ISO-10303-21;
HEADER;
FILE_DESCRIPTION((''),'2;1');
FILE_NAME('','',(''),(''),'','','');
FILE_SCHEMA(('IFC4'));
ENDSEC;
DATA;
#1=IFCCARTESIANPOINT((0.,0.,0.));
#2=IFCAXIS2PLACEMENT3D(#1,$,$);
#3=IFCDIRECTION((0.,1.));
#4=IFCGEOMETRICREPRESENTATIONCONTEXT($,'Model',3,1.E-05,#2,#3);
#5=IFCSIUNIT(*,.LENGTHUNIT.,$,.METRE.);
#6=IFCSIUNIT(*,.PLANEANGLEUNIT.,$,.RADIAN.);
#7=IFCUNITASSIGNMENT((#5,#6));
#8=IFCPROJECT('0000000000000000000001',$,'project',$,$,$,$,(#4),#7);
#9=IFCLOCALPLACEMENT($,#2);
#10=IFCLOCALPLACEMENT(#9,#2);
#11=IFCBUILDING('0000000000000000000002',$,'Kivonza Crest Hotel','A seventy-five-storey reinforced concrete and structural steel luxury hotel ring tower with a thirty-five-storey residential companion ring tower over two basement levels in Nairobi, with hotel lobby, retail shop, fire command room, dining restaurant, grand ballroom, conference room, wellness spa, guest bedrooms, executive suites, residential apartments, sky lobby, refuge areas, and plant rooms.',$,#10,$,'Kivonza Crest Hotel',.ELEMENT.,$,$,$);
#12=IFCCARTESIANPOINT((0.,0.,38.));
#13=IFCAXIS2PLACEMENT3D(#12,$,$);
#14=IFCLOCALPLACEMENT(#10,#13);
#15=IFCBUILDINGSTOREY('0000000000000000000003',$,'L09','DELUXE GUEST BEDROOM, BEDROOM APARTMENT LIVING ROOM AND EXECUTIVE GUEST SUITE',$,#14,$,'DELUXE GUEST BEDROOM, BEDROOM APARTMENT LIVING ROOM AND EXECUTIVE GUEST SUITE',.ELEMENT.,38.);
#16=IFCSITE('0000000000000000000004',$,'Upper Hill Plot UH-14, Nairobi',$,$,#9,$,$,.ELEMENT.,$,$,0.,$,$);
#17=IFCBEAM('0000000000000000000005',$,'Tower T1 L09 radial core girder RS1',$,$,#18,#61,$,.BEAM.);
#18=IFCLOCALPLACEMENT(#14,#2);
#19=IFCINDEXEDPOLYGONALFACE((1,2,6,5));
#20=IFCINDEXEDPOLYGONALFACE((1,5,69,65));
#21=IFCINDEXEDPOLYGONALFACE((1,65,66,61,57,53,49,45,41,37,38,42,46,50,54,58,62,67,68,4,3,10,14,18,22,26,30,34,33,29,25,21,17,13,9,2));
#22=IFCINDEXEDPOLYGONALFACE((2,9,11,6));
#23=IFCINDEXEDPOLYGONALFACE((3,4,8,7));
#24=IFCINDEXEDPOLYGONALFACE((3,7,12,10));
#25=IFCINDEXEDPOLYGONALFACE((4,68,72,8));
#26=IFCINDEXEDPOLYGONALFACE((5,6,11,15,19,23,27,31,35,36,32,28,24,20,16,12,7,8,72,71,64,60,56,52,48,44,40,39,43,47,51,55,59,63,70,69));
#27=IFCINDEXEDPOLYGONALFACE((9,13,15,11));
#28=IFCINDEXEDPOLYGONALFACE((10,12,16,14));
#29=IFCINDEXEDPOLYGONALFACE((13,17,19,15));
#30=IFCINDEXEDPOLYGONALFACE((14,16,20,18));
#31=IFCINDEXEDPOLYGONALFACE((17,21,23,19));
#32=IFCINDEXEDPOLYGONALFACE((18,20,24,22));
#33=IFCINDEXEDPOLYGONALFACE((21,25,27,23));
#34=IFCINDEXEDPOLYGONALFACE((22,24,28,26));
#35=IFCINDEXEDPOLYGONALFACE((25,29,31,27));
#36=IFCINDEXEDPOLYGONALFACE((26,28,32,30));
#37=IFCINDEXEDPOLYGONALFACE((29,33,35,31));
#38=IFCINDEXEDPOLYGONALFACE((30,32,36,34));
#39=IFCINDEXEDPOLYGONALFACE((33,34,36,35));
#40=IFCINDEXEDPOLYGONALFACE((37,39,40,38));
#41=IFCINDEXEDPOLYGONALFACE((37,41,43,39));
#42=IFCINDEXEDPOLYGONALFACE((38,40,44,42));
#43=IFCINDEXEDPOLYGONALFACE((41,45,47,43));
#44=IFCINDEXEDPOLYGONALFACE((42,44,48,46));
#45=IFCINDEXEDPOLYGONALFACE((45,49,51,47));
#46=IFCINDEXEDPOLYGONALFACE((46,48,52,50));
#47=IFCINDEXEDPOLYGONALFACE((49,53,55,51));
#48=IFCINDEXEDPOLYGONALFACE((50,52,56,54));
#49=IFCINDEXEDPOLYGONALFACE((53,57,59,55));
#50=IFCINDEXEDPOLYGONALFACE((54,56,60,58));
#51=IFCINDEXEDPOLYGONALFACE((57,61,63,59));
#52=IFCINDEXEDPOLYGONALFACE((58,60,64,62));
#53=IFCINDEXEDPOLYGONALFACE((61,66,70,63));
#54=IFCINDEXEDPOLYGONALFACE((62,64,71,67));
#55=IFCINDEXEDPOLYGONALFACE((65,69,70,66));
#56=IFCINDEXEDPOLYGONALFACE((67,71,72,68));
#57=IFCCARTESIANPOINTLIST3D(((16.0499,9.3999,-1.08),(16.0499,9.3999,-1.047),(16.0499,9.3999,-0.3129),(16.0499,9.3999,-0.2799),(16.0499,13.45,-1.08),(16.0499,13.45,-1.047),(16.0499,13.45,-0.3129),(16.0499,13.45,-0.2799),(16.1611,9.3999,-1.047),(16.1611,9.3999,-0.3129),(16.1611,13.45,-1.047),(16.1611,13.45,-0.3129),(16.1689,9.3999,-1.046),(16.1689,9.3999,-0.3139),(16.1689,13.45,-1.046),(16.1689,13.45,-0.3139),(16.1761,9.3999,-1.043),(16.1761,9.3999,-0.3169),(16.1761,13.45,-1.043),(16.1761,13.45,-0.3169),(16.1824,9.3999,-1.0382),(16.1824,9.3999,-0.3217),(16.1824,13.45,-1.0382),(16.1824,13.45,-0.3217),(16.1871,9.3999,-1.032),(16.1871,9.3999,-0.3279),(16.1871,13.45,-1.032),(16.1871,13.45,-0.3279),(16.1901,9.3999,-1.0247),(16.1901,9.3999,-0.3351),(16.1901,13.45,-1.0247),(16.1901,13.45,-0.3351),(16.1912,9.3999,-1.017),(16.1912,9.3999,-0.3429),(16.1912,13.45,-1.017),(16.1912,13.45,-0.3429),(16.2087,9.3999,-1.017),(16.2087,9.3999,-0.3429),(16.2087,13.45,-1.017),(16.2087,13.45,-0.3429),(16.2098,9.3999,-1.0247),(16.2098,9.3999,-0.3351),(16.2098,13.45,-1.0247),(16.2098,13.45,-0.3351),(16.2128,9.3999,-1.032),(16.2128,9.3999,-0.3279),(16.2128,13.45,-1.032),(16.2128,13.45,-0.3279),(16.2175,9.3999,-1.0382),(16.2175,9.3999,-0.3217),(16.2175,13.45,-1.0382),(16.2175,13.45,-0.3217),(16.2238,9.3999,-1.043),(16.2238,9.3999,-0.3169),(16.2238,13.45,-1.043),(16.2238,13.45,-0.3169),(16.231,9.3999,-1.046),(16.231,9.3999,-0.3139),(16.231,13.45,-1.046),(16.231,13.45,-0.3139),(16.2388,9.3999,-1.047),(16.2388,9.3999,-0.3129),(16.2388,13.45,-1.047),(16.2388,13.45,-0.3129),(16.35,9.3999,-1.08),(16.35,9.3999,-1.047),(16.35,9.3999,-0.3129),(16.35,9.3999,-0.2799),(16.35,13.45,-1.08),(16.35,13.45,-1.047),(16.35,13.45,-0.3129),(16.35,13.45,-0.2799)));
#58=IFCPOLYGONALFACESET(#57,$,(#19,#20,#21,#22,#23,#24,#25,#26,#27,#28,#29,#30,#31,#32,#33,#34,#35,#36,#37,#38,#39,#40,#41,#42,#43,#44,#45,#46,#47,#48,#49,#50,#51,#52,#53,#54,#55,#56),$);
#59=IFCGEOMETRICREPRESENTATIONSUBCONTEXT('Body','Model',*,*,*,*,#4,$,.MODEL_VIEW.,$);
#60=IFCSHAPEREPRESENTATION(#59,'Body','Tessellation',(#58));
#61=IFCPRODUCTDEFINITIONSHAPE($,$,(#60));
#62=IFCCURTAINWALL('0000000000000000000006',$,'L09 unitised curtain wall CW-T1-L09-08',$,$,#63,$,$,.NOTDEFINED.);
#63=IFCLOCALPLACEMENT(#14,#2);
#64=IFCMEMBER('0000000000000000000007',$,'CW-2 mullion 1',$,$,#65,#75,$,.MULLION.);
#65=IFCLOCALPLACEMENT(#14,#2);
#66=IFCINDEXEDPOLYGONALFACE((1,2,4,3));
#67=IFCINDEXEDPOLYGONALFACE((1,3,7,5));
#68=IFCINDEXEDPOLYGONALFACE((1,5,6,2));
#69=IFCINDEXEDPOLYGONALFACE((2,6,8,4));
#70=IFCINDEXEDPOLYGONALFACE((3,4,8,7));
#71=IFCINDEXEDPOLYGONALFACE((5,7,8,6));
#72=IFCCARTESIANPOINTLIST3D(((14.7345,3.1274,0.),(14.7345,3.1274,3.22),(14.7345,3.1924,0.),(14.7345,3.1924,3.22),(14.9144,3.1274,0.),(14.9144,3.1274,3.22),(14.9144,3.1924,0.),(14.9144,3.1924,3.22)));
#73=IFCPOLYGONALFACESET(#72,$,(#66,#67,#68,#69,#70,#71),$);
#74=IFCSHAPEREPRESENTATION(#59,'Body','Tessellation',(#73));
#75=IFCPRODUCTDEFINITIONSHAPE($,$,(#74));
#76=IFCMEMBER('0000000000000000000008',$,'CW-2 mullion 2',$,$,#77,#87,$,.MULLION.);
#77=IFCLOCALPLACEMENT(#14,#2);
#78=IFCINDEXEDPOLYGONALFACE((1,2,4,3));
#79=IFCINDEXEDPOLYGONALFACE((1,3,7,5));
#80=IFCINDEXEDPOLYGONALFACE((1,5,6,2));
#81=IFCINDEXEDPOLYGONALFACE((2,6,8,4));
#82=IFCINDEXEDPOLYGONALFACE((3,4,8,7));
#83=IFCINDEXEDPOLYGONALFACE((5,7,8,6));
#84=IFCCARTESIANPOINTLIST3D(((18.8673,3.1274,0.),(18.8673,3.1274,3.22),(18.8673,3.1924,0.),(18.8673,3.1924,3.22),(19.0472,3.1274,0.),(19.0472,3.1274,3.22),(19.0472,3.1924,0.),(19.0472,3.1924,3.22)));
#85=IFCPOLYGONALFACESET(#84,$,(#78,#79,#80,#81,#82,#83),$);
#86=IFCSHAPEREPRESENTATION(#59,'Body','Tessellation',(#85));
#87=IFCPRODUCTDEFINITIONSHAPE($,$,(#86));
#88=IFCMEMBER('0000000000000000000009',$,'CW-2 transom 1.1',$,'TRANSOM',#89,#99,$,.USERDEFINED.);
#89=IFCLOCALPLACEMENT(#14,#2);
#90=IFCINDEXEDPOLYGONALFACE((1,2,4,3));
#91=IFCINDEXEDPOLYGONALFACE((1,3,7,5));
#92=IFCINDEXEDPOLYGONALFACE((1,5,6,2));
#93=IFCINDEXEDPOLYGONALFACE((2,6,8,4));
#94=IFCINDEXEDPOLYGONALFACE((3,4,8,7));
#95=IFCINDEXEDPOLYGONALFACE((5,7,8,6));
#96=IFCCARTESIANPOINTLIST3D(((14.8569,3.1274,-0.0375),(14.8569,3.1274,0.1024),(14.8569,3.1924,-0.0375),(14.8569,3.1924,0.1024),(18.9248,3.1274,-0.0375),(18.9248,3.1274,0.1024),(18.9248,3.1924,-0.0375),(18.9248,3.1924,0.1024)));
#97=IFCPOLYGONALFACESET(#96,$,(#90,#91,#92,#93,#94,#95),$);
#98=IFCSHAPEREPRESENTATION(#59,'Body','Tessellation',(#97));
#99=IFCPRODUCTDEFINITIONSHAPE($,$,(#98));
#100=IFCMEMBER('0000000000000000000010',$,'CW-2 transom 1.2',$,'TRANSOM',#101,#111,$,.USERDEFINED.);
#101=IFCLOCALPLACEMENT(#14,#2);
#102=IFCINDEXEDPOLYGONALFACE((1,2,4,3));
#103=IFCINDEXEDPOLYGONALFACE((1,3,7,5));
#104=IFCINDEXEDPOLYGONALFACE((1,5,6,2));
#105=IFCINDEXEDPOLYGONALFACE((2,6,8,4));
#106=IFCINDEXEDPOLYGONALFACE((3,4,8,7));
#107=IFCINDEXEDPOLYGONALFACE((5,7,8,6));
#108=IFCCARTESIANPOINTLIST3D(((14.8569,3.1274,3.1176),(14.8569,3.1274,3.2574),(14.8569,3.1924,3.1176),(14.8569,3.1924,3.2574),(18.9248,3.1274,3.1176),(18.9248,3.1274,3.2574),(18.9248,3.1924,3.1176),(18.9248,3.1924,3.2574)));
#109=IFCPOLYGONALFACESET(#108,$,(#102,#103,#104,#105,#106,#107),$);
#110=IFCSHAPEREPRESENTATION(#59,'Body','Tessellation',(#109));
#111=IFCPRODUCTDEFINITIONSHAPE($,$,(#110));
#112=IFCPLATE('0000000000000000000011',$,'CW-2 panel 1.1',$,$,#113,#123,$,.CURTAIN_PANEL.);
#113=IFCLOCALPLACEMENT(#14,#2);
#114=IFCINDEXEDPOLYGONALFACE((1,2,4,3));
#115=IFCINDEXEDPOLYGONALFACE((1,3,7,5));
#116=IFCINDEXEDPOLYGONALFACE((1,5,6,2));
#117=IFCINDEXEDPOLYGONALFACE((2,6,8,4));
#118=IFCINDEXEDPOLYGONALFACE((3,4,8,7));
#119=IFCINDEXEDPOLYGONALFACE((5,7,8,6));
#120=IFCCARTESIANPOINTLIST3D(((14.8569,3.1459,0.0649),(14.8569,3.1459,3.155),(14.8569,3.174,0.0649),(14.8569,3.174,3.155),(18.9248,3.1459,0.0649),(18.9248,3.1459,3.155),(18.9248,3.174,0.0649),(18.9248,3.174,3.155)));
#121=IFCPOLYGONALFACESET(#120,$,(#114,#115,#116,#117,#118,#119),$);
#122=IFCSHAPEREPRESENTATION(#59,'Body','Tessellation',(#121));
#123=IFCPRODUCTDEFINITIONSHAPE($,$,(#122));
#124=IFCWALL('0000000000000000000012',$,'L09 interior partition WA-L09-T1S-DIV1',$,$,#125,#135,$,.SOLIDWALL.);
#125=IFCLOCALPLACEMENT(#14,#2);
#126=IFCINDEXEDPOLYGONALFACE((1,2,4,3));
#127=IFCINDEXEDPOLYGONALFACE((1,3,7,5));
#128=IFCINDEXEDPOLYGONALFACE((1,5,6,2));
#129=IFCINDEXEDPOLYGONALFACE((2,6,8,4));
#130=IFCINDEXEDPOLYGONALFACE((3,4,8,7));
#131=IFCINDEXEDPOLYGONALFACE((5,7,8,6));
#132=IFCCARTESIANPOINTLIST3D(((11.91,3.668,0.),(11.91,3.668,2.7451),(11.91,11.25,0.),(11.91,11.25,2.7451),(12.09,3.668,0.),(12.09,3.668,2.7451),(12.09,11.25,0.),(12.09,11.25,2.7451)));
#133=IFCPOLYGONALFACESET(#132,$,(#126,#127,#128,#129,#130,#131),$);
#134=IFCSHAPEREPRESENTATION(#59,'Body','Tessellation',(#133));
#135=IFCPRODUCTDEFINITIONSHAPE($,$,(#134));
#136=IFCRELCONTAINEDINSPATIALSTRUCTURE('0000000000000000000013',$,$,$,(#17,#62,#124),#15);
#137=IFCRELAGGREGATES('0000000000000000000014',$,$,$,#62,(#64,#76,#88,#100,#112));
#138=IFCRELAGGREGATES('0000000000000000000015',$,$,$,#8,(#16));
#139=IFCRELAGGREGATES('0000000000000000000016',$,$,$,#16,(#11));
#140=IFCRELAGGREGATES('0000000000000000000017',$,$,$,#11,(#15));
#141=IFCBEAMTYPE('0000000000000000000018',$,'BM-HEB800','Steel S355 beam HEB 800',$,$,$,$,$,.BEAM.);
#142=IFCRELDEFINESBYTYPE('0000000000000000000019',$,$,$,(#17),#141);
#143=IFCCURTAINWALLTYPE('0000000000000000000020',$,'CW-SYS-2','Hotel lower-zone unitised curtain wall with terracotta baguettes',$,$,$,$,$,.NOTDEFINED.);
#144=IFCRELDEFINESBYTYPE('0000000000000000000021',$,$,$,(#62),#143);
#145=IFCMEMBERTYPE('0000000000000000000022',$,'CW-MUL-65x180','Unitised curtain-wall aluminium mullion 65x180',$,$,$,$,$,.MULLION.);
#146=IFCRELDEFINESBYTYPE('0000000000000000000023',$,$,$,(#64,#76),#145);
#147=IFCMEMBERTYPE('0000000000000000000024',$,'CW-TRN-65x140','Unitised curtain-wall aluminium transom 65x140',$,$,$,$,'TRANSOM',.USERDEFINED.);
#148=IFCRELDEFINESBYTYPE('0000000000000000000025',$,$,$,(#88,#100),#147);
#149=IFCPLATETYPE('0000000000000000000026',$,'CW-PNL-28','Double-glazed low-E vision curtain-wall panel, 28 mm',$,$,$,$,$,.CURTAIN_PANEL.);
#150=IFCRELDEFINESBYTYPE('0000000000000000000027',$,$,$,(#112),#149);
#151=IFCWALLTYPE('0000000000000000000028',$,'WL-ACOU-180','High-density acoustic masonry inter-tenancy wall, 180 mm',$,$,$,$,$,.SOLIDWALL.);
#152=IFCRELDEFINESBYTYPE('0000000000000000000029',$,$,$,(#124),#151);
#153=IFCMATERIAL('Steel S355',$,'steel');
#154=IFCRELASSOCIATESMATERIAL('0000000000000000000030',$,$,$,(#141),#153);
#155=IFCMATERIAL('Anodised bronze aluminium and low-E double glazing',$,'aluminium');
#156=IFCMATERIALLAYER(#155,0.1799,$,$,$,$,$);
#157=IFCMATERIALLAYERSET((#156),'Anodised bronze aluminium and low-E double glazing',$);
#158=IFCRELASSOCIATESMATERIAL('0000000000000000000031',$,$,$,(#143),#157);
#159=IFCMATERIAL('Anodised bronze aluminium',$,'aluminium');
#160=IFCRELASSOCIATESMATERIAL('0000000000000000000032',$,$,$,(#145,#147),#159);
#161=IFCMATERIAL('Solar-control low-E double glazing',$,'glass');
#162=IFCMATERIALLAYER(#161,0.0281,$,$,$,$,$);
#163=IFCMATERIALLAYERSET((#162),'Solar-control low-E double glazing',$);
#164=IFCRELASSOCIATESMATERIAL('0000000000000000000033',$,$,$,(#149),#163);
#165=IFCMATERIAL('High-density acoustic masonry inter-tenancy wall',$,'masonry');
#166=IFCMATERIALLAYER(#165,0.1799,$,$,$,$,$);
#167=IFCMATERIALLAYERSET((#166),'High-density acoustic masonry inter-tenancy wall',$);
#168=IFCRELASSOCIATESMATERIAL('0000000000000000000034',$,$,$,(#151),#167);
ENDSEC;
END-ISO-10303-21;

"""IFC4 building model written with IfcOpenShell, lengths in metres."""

from ifc_helpers import new_model, si_unit, direction, frame, frame_2d, origin, origin_2d, place, context, subcontext, project, spatial, rectangle, i_section, extrude, material, layer, layer_set, material_profile, profile_set, type_object, element, aggregate, save


model = new_model("IFC4")

# Units and contexts
model_context = context("Model", 3, precision=1e-05, world=origin(), true_north=direction((0.0, 1.0)))
body_context = subcontext(model_context, "Body", "Model", "MODEL_VIEW")
ifc_project = project(units=[si_unit("LENGTHUNIT", "METRE"), si_unit("PLANEANGLEUNIT", "RADIAN")], contexts=[model_context])

# Site, building, storey
site_placement = place(None, origin())
site = spatial("IfcSite", under=ifc_project, at=site_placement, Name="Upper Hill Plot UH-14, Nairobi", CompositionType="ELEMENT", RefElevation=0.0)
building_placement = place(site_placement, origin())
building = spatial("IfcBuilding", under=site, at=building_placement, Name="Kivonza Crest Hotel", Description="A seventy-five-storey reinforced concrete and structural steel luxury hotel ring tower with a thirty-five-storey residential companion ring tower over two basement levels in Nairobi, with hotel lobby, retail shop, fire command room, dining restaurant, grand ballroom, conference room, wellness spa, guest bedrooms, executive suites, residential apartments, sky lobby, refuge areas, and plant rooms.", LongName="Kivonza Crest Hotel", CompositionType="ELEMENT")
storey_placement = place(building_placement, frame((0.0, 0.0, 38.0)))
storey = spatial("IfcBuildingStorey", under=building, at=storey_placement, Name="L09", Description="DELUXE GUEST BEDROOM, BEDROOM APARTMENT LIVING ROOM AND EXECUTIVE GUEST SUITE", LongName="DELUXE GUEST BEDROOM, BEDROOM APARTMENT LIVING ROOM AND EXECUTIVE GUEST SUITE", CompositionType="ELEMENT", Elevation=38.0)

# Beam
ifc_material_1 = material(Name="Steel S355", Category="steel")
ifc_material_profile_1 = material_profile(ifc_material_1, i_section(OverallWidth=0.3, OverallDepth=0.8, WebThickness=0.0176, FlangeThickness=0.033, FilletRadius=0.03, at=origin_2d()), Name="HEB 800")
ifc_profile_set_1 = profile_set([ifc_material_profile_1], Name="Steel S355")
beam_type_1 = type_object("IfcBeamType", Name="BM-HEB800", Description="Steel S355 beam HEB 800", PredefinedType="BEAM", material=ifc_profile_set_1)
beam_1_placement = place(storey_placement, frame((16.2, 9.3999, -0.6799), z_axis=(0.0, 1.0, 0.0), x_axis=(-1.0, 0.0, 0.0)))
element("IfcBeam", 1, at=beam_1_placement, inside=storey, type_object=beam_type_1, Name="Tower T1 L09 radial core girder RS1", PredefinedType="BEAM", context=body_context, shape_type="SweptSolid", body=[
    extrude(i_section(OverallWidth=0.3, OverallDepth=0.8, WebThickness=0.0176, FlangeThickness=0.033, FilletRadius=0.03, at=origin_2d()), origin(), (0.0, 0.0, 1.0), 4.05),
])

# Curtain wall, members, plate
ifc_material_2 = material(Name="Anodised bronze aluminium and low-E double glazing", Category="aluminium")
ifc_layer_1 = layer(ifc_material_2, 0.1799)
ifc_layer_set_1 = layer_set([ifc_layer_1], Name="Anodised bronze aluminium and low-E double glazing")
curtain_wall_type = type_object("IfcCurtainWallType", Name="CW-SYS-2", Description="Hotel lower-zone unitised curtain wall with terracotta baguettes", PredefinedType="NOTDEFINED", material=ifc_layer_set_1)
curtain_wall_placement = place(storey_placement, origin())
curtain_wall = element("IfcCurtainWall", 2, at=curtain_wall_placement, inside=storey, type_object=curtain_wall_type, Name="L09 unitised curtain wall CW-T1-L09-08", PredefinedType="NOTDEFINED")
ifc_material_3 = material(Name="Anodised bronze aluminium", Category="aluminium")
ifc_material_profile_2 = material_profile(ifc_material_3, rectangle(XDim=0.0649, YDim=0.1799, at=origin_2d()), Name="CW-M 65x180")
ifc_profile_set_2 = profile_set([ifc_material_profile_2], Name="Anodised bronze aluminium")
member_type_1 = type_object("IfcMemberType", Name="CW-MUL-65x180", Description="Unitised curtain-wall aluminium mullion 65x180", PredefinedType="MULLION", material=ifc_profile_set_2)
member_1_placement = place(storey_placement, frame((14.8245, 3.1599, 0.0), z_axis=(0.0, 0.0, 1.0), x_axis=(0.0, 1.0, 0.0)))
member_1 = element("IfcMember", 3, at=member_1_placement, type_object=member_type_1, Name="CW-2 mullion 1", PredefinedType="MULLION", context=body_context, shape_type="SweptSolid", body=[
    extrude(rectangle(XDim=0.0649, YDim=0.1799, at=origin_2d()), origin(), (0.0, 0.0, 1.0), 3.22),
])
member_2_placement = place(storey_placement, frame((18.9573, 3.1599, 0.0), z_axis=(0.0, 0.0, 1.0), x_axis=(0.0, 1.0, 0.0)))
member_2 = element("IfcMember", 4, at=member_2_placement, type_object=member_type_1, Name="CW-2 mullion 2", PredefinedType="MULLION", context=body_context, shape_type="SweptSolid", body=[
    extrude(rectangle(XDim=0.0649, YDim=0.1799, at=origin_2d()), origin(), (0.0, 0.0, 1.0), 3.22),
])
ifc_material_profile_3 = material_profile(ifc_material_3, rectangle(XDim=0.0649, YDim=0.1399, at=origin_2d()), Name="CW-T 65x140")
ifc_profile_set_3 = profile_set([ifc_material_profile_3], Name="Anodised bronze aluminium")
member_type_2 = type_object("IfcMemberType", Name="CW-TRN-65x140", Description="Unitised curtain-wall aluminium transom 65x140", ElementType="TRANSOM", PredefinedType="USERDEFINED", material=ifc_profile_set_3)
member_3_placement = place(storey_placement, frame((14.8569, 3.1599, 0.0325), z_axis=(1.0, 0.0, 0.0), x_axis=(0.0, 1.0, 0.0)))
member_3 = element("IfcMember", 5, at=member_3_placement, type_object=member_type_2, Name="CW-2 transom 1.1", ObjectType="TRANSOM", PredefinedType="USERDEFINED", context=body_context, shape_type="SweptSolid", body=[
    extrude(rectangle(XDim=0.0649, YDim=0.1399, at=origin_2d()), origin(), (0.0, 0.0, 1.0), 4.0679),
])
member_4_placement = place(storey_placement, frame((14.8569, 3.1599, 3.1875), z_axis=(1.0, 0.0, 0.0), x_axis=(0.0, 1.0, 0.0)))
member_4 = element("IfcMember", 6, at=member_4_placement, type_object=member_type_2, Name="CW-2 transom 1.2", ObjectType="TRANSOM", PredefinedType="USERDEFINED", context=body_context, shape_type="SweptSolid", body=[
    extrude(rectangle(XDim=0.0649, YDim=0.1399, at=origin_2d()), origin(), (0.0, 0.0, 1.0), 4.0679),
])
ifc_material_4 = material(Name="Solar-control low-E double glazing", Category="glass")
ifc_layer_2 = layer(ifc_material_4, 0.0281)
ifc_layer_set_2 = layer_set([ifc_layer_2], Name="Solar-control low-E double glazing")
plate_type = type_object("IfcPlateType", Name="CW-PNL-28", Description="Double-glazed low-E vision curtain-wall panel, 28 mm", PredefinedType="CURTAIN_PANEL", material=ifc_layer_set_2)
plate_placement = place(storey_placement, frame((16.8909, 3.1599, 0.0649), z_axis=(0.0, 0.0, 1.0), x_axis=(1.0, 0.0, 0.0)))
plate = element("IfcPlate", 7, at=plate_placement, type_object=plate_type, Name="CW-2 panel 1.1", PredefinedType="CURTAIN_PANEL", context=body_context, shape_type="SweptSolid", body=[
    extrude(rectangle(XDim=4.0679, YDim=0.0281, at=origin_2d()), origin(), (0.0, 0.0, 1.0), 3.0901),
])
aggregate(curtain_wall, [member_1, member_2, member_3, member_4, plate])

# Wall
ifc_material_5 = material(Name="High-density acoustic masonry inter-tenancy wall", Category="masonry")
ifc_layer_3 = layer(ifc_material_5, 0.1799)
ifc_layer_set_3 = layer_set([ifc_layer_3], Name="High-density acoustic masonry inter-tenancy wall")
wall_type_1 = type_object("IfcWallType", Name="WL-ACOU-180", Description="High-density acoustic masonry inter-tenancy wall, 180 mm", PredefinedType="SOLIDWALL", material=ifc_layer_set_3)
wall_1_placement = place(storey_placement, frame((12.0, 3.668, 0.0), z_axis=(0.0, 0.0, 1.0), x_axis=(0.0, 1.0, 0.0)))
element("IfcWall", 8, at=wall_1_placement, inside=storey, type_object=wall_type_1, Name="L09 interior partition WA-L09-T1S-DIV1", PredefinedType="SOLIDWALL", context=body_context, shape_type="SweptSolid", body=[
    extrude(rectangle(XDim=7.582, YDim=0.1799, at=frame_2d((3.791, 0.0))), origin(), (0.0, 0.0, 1.0), 2.7451),
])

save(model, "model.ifc")
